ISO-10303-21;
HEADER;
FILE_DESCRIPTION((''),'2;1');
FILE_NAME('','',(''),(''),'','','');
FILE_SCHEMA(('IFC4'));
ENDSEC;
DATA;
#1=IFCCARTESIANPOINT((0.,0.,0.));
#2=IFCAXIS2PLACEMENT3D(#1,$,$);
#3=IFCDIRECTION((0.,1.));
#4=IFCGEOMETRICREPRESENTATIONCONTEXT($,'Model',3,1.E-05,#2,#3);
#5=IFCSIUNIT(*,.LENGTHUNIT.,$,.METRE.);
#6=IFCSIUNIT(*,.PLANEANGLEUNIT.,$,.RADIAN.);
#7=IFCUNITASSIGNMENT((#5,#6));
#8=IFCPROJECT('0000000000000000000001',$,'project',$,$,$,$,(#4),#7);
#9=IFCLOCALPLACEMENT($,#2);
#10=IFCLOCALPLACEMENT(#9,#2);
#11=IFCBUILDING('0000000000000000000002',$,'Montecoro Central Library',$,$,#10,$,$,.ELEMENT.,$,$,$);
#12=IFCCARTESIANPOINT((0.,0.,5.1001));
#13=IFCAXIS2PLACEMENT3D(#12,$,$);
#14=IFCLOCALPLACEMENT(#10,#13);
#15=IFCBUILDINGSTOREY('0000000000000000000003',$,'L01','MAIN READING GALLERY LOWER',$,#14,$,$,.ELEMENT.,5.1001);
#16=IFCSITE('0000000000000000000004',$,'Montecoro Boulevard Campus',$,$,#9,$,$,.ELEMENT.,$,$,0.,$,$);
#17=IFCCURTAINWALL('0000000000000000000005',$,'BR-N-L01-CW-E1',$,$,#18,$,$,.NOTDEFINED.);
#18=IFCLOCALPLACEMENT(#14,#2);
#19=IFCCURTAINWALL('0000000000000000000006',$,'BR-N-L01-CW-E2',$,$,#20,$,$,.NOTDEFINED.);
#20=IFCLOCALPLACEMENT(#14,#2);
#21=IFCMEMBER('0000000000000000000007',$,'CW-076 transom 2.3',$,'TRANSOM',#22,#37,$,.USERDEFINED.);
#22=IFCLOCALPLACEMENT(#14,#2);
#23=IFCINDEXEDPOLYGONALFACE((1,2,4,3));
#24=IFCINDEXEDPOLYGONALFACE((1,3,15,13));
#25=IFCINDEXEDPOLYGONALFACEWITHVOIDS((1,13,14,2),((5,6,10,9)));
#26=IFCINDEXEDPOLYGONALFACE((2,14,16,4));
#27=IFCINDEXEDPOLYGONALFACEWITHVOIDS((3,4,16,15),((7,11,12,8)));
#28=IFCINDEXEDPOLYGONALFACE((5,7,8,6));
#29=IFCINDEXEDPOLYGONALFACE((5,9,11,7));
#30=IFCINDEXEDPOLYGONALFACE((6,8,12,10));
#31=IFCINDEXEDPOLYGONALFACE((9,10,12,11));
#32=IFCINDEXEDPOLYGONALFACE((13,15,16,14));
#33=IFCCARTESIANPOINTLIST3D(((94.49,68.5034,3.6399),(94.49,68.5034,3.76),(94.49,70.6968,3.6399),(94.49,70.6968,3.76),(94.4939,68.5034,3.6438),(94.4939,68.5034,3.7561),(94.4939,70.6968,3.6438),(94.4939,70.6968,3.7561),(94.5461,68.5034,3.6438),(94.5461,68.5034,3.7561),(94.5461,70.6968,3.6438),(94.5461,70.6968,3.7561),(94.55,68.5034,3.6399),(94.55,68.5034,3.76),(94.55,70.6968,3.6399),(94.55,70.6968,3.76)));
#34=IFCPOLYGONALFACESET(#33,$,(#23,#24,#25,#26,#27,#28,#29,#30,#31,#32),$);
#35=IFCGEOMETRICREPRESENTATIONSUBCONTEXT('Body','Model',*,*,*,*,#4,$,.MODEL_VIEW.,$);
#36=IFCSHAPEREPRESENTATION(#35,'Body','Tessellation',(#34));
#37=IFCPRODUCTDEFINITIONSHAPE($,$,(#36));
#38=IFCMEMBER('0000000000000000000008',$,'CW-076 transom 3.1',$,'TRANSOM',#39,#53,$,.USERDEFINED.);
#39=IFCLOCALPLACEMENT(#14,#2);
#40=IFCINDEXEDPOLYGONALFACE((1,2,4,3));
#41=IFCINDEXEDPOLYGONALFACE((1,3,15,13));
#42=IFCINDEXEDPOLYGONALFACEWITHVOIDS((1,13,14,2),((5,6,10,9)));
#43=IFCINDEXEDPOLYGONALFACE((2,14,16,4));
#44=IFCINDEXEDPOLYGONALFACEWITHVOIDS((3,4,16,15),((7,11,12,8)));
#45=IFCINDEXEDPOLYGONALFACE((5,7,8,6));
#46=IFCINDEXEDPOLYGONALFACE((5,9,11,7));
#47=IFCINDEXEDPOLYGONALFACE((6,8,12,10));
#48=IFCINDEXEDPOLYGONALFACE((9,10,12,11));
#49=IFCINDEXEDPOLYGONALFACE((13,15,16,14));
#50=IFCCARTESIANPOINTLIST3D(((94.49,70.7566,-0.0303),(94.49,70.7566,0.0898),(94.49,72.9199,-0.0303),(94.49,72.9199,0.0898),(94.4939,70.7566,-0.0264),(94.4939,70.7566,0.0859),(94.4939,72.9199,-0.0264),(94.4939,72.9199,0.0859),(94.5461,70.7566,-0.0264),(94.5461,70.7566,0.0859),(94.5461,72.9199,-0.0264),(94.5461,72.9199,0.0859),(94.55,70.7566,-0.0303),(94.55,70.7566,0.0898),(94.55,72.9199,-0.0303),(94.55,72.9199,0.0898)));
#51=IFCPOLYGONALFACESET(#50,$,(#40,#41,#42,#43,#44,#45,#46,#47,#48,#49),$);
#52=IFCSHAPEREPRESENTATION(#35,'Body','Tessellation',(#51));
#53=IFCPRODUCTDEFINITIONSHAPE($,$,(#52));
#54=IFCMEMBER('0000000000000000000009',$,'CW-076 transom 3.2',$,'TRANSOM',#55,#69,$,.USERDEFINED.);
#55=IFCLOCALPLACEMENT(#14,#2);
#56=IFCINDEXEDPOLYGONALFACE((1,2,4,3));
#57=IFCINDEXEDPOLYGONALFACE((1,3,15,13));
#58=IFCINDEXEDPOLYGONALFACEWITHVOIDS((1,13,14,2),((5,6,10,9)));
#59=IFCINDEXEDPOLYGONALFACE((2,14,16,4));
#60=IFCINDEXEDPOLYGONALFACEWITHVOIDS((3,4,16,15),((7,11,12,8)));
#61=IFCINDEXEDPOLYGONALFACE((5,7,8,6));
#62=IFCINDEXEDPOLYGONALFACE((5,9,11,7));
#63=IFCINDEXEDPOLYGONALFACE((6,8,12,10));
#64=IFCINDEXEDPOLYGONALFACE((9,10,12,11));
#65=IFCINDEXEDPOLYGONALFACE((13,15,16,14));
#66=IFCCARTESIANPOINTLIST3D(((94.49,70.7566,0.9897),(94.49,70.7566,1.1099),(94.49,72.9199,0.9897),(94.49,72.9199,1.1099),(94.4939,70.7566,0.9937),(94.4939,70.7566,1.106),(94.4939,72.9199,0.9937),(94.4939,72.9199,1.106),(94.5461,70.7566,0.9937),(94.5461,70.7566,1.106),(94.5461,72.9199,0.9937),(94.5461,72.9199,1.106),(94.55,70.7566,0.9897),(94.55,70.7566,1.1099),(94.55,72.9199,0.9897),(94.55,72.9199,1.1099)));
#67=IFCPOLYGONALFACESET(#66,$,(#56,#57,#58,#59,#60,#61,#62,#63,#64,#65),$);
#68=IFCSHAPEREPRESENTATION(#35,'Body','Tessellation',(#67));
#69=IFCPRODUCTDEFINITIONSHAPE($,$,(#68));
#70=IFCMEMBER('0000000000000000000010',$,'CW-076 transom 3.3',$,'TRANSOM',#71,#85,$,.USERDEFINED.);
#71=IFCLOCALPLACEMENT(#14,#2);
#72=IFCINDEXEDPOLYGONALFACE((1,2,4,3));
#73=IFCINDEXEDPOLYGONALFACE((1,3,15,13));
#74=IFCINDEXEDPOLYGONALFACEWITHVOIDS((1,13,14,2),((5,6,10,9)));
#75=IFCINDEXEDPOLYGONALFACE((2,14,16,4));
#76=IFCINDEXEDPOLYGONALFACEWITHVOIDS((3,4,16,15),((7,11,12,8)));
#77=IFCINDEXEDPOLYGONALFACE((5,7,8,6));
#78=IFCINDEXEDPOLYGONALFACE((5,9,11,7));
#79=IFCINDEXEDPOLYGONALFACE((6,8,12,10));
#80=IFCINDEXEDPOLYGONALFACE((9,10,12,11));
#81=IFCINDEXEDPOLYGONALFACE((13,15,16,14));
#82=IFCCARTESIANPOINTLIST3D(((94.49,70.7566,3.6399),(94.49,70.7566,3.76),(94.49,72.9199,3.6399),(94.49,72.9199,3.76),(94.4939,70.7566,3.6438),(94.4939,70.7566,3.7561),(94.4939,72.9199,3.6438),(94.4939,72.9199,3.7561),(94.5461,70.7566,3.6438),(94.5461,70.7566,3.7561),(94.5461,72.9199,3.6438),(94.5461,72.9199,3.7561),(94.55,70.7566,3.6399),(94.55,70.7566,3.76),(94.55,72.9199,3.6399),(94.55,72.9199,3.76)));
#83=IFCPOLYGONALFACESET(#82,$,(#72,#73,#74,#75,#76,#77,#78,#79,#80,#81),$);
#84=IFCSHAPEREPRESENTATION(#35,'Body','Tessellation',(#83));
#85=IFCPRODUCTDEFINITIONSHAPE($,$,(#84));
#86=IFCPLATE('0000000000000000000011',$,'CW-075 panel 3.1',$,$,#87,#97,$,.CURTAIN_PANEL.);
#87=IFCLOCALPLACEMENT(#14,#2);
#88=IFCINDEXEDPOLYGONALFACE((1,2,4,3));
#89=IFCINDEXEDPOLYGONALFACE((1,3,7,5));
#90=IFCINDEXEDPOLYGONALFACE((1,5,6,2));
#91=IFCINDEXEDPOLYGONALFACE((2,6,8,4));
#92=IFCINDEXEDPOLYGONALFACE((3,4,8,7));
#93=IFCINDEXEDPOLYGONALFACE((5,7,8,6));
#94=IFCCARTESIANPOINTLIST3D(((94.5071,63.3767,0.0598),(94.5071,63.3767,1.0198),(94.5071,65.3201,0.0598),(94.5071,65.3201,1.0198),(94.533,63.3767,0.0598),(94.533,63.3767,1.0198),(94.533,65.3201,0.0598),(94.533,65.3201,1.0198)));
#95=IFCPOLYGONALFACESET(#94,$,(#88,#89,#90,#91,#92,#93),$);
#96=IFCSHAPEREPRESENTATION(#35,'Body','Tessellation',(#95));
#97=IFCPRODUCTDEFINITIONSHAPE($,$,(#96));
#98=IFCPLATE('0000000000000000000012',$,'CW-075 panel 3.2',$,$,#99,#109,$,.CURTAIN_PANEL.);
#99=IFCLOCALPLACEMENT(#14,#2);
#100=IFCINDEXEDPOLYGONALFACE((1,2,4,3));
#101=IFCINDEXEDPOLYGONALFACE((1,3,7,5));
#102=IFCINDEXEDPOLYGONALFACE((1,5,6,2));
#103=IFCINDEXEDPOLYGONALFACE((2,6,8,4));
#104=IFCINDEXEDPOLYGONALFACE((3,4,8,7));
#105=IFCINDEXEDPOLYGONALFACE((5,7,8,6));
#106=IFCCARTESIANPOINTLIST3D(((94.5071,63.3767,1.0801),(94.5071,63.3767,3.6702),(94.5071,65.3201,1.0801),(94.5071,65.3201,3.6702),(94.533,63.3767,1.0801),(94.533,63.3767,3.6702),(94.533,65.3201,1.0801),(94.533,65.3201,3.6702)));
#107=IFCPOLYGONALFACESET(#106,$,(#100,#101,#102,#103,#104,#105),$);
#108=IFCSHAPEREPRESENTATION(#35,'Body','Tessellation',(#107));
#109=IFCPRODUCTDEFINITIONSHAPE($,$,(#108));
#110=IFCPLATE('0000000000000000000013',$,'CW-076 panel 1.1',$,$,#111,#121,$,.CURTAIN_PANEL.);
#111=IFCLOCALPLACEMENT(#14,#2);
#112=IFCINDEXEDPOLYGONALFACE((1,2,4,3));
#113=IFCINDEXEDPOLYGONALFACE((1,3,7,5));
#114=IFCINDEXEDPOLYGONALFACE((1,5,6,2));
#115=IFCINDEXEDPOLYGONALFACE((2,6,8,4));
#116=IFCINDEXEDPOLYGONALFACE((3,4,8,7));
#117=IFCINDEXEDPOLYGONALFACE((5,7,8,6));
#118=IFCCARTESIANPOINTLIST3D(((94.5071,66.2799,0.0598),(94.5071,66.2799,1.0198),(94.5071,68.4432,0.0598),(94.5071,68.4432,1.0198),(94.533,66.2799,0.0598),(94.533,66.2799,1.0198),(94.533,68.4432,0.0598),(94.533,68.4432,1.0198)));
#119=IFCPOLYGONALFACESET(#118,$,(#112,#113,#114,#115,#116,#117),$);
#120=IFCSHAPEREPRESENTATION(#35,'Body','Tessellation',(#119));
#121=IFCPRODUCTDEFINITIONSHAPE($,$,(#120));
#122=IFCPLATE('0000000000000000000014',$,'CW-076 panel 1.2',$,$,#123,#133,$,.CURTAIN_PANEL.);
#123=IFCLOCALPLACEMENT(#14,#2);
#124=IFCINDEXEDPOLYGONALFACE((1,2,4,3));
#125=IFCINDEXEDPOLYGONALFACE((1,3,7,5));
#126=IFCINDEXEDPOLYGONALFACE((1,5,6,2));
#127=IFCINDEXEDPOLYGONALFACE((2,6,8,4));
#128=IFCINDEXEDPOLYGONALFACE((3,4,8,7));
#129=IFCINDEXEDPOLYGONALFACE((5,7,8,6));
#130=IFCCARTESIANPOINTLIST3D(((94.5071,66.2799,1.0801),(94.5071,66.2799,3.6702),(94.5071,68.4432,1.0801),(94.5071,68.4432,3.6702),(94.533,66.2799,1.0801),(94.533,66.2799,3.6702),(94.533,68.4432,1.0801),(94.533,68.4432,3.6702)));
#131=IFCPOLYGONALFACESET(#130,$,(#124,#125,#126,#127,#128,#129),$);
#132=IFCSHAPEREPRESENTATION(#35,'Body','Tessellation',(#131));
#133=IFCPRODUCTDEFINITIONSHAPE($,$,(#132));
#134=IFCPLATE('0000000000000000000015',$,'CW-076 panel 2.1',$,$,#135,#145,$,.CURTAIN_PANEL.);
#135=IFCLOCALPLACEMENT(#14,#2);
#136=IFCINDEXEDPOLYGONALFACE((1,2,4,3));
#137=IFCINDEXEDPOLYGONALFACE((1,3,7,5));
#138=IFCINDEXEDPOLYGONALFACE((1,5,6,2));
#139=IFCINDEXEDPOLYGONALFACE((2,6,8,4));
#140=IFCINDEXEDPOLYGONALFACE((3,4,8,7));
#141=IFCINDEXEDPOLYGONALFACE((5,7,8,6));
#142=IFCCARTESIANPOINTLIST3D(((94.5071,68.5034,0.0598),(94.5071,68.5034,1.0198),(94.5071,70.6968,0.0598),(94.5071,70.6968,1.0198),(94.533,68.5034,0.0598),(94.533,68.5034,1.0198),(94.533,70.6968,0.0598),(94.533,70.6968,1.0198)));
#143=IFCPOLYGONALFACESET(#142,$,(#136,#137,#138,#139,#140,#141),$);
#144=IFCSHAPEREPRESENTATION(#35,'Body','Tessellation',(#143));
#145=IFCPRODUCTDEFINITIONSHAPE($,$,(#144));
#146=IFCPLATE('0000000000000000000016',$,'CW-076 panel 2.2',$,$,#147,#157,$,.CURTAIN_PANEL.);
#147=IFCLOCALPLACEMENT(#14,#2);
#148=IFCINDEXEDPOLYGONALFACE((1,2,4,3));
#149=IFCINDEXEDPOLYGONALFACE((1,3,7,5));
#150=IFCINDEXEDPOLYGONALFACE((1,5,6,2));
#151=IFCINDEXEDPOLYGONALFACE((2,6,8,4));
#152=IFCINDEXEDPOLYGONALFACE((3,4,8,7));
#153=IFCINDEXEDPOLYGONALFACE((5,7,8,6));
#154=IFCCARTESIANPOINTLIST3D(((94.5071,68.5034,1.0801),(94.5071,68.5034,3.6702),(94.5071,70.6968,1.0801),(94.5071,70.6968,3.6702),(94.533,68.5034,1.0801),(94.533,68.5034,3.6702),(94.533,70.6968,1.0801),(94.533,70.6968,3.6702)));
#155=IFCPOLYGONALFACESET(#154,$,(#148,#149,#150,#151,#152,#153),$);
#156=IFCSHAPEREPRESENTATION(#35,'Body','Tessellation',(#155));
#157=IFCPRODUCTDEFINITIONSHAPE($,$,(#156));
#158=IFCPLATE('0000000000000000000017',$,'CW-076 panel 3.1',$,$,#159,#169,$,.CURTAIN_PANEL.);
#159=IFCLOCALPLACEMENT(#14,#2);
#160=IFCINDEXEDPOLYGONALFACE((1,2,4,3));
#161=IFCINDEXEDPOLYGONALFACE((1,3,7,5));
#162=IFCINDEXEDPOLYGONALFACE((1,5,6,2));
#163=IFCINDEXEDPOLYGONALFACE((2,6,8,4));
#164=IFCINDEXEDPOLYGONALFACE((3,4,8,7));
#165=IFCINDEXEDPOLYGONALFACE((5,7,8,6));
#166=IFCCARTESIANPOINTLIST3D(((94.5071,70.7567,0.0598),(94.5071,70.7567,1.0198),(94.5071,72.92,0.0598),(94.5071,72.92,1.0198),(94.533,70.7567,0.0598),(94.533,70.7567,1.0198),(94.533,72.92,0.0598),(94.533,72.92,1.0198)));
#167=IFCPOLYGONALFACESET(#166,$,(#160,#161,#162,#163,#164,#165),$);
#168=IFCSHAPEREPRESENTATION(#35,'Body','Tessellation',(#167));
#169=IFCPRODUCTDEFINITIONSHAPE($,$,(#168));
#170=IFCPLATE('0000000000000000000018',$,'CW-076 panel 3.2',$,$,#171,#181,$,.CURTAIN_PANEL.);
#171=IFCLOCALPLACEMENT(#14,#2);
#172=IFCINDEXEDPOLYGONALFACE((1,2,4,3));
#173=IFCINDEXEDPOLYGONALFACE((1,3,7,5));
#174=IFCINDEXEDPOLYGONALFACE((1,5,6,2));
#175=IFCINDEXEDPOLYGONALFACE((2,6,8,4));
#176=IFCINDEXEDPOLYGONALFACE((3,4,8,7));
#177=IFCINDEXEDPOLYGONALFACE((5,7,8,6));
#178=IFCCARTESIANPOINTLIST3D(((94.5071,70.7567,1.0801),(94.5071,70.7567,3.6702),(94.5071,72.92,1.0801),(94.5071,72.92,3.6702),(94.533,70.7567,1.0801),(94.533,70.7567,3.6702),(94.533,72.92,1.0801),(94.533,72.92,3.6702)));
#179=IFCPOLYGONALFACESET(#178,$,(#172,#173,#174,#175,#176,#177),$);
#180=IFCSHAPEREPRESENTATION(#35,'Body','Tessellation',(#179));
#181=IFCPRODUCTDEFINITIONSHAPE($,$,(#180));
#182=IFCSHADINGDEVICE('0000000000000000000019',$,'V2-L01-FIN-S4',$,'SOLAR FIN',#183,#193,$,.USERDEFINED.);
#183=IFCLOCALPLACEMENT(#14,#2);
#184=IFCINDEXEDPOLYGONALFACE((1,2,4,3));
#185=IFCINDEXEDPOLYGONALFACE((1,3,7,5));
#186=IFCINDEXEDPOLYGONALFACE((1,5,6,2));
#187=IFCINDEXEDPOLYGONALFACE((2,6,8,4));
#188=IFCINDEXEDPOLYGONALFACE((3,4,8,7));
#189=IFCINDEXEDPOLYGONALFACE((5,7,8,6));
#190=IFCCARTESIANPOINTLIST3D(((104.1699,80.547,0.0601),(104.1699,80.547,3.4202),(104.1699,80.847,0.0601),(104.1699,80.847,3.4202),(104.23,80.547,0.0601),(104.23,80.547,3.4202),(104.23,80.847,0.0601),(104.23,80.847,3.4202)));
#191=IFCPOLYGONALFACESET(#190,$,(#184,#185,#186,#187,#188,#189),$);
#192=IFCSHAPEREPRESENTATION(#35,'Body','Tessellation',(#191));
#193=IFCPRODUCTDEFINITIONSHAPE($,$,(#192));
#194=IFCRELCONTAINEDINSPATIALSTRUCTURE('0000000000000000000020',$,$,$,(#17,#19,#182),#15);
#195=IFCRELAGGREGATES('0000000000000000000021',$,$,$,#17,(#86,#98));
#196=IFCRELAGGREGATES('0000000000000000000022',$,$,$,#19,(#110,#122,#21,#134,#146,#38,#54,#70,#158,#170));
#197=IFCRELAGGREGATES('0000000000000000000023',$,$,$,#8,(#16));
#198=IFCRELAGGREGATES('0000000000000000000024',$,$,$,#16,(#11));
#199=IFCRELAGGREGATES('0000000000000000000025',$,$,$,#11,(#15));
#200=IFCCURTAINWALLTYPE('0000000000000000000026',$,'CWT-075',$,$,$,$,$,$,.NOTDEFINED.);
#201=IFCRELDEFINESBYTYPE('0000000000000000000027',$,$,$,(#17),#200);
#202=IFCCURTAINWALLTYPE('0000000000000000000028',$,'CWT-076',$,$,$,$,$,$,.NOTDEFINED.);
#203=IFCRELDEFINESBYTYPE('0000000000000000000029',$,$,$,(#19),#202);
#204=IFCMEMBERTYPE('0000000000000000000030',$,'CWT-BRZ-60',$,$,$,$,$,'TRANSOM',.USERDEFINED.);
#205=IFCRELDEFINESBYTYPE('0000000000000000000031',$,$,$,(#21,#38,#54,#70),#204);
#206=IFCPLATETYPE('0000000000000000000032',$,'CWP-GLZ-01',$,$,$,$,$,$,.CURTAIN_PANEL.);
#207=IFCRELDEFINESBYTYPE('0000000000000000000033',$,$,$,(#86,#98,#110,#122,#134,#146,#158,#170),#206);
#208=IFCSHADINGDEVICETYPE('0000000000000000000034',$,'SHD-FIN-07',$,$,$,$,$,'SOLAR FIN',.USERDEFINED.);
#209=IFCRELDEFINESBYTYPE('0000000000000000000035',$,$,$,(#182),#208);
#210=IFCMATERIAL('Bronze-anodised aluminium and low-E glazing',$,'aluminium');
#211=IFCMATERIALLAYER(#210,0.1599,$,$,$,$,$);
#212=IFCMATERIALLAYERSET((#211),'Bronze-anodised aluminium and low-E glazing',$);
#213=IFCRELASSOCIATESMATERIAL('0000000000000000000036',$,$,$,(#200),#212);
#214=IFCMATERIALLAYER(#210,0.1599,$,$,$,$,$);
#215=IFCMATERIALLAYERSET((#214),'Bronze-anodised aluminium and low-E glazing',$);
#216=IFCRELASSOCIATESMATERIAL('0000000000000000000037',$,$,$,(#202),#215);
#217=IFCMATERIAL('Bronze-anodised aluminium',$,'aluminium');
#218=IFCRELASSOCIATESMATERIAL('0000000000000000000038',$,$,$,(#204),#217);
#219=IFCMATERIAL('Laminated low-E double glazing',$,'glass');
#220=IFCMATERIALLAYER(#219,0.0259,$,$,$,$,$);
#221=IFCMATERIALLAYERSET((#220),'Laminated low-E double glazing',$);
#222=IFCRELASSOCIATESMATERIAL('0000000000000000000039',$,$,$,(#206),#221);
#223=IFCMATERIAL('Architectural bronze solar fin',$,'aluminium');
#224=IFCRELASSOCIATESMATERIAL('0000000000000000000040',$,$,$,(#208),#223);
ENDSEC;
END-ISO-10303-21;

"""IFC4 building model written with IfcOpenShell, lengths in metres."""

from ifc_helpers import new_model, si_unit, direction, frame, origin, origin_2d, place, context, subcontext, project, spatial, rectangle, hollow_rectangle, extrude, material, layer, layer_set, material_profile, profile_set, type_object, element, aggregate, save


model = new_model("IFC4")

# Units and contexts
model_context = context("Model", 3, precision=1e-05, world=origin(), true_north=direction((0.0, 1.0)))
body_context = subcontext(model_context, "Body", "Model", "MODEL_VIEW")
ifc_project = project(units=[si_unit("LENGTHUNIT", "METRE"), si_unit("PLANEANGLEUNIT", "RADIAN")], contexts=[model_context])

# Site, building, storey
site_placement = place(None, origin())
site = spatial("IfcSite", under=ifc_project, at=site_placement, Name="Montecoro Boulevard Campus", CompositionType="ELEMENT", RefElevation=0.0)
building_placement = place(site_placement, origin())
building = spatial("IfcBuilding", under=site, at=building_placement, Name="Montecoro Central Library", CompositionType="ELEMENT")
storey_placement = place(building_placement, frame((0.0, 0.0, 5.1001)))
storey = spatial("IfcBuildingStorey", under=building, at=storey_placement, Name="L01", Description="MAIN READING GALLERY LOWER", CompositionType="ELEMENT", Elevation=5.1001)

# Curtain wall
ifc_material_1 = material(Name="Bronze-anodised aluminium and low-E glazing", Category="aluminium")
ifc_layer_1 = layer(ifc_material_1, 0.1599)
ifc_layer_set_1 = layer_set([ifc_layer_1], Name="Bronze-anodised aluminium and low-E glazing")
curtain_wall_type_1 = type_object("IfcCurtainWallType", Name="CWT-075", PredefinedType="NOTDEFINED", material=ifc_layer_set_1)
curtain_wall_1_placement = place(storey_placement, origin())
curtain_wall_1 = element("IfcCurtainWall", 1, at=curtain_wall_1_placement, inside=storey, type_object=curtain_wall_type_1, Name="BR-N-L01-CW-E1", PredefinedType="NOTDEFINED")
ifc_material_2 = material(Name="Bronze-anodised aluminium", Category="aluminium")

# Curtain wall
ifc_layer_2 = layer(ifc_material_1, 0.1599)
ifc_layer_set_2 = layer_set([ifc_layer_2], Name="Bronze-anodised aluminium and low-E glazing")
curtain_wall_type_2 = type_object("IfcCurtainWallType", Name="CWT-076", PredefinedType="NOTDEFINED", material=ifc_layer_set_2)
curtain_wall_2_placement = place(storey_placement, origin())
curtain_wall_2 = element("IfcCurtainWall", 2, at=curtain_wall_2_placement, inside=storey, type_object=curtain_wall_type_2, Name="BR-N-L01-CW-E2", PredefinedType="NOTDEFINED")

# Members
ifc_material_profile_1 = material_profile(ifc_material_2, hollow_rectangle(XDim=0.0601, YDim=0.1201, WallThickness=0.0039, at=origin_2d()), Name="CWT 120x60x4.0")
ifc_profile_set_1 = profile_set([ifc_material_profile_1], Name="Bronze-anodised aluminium")
member_type_1 = type_object("IfcMemberType", Name="CWT-BRZ-60", ElementType="TRANSOM", PredefinedType="USERDEFINED", material=ifc_profile_set_1)
member_1_placement = place(storey_placement, frame((94.52, 68.5034, 3.7), z_axis=(0.0, 1.0, 0.0), x_axis=(-1.0, 0.0, 0.0)))
member_1 = element("IfcMember", 3, at=member_1_placement, type_object=member_type_1, Name="CW-076 transom 2.3", ObjectType="TRANSOM", PredefinedType="USERDEFINED", context=body_context, shape_type="SweptSolid", body=[
    extrude(hollow_rectangle(XDim=0.0601, YDim=0.1201, WallThickness=0.0039, at=origin_2d()), origin(), (0.0, 0.0, 1.0), 2.1934),
])
member_2_placement = place(storey_placement, frame((94.52, 70.7566, 0.0298), z_axis=(0.0, 1.0, 0.0), x_axis=(-1.0, 0.0, 0.0)))
member_2 = element("IfcMember", 4, at=member_2_placement, type_object=member_type_1, Name="CW-076 transom 3.1", ObjectType="TRANSOM", PredefinedType="USERDEFINED", context=body_context, shape_type="SweptSolid", body=[
    extrude(hollow_rectangle(XDim=0.0601, YDim=0.1201, WallThickness=0.0039, at=origin_2d()), origin(), (0.0, 0.0, 1.0), 2.1633),
])
member_3_placement = place(storey_placement, frame((94.52, 70.7566, 1.0498), z_axis=(0.0, 1.0, 0.0), x_axis=(-1.0, 0.0, 0.0)))
member_3 = element("IfcMember", 5, at=member_3_placement, type_object=member_type_1, Name="CW-076 transom 3.2", ObjectType="TRANSOM", PredefinedType="USERDEFINED", context=body_context, shape_type="SweptSolid", body=[
    extrude(hollow_rectangle(XDim=0.0601, YDim=0.1201, WallThickness=0.0039, at=origin_2d()), origin(), (0.0, 0.0, 1.0), 2.1633),
])
member_4_placement = place(storey_placement, frame((94.52, 70.7566, 3.7), z_axis=(0.0, 1.0, 0.0), x_axis=(-1.0, 0.0, 0.0)))
member_4 = element("IfcMember", 6, at=member_4_placement, type_object=member_type_1, Name="CW-076 transom 3.3", ObjectType="TRANSOM", PredefinedType="USERDEFINED", context=body_context, shape_type="SweptSolid", body=[
    extrude(hollow_rectangle(XDim=0.0601, YDim=0.1201, WallThickness=0.0039, at=origin_2d()), origin(), (0.0, 0.0, 1.0), 2.1633),
])

# Plates
ifc_material_3 = material(Name="Laminated low-E double glazing", Category="glass")
ifc_layer_3 = layer(ifc_material_3, 0.0259)
ifc_layer_set_3 = layer_set([ifc_layer_3], Name="Laminated low-E double glazing")
plate_type = type_object("IfcPlateType", Name="CWP-GLZ-01", PredefinedType="CURTAIN_PANEL", material=ifc_layer_set_3)
plate_1_placement = place(storey_placement, frame((94.52, 64.3484, 0.0598), z_axis=(0.0, 0.0, 1.0), x_axis=(0.0, 1.0, 0.0)))
plate_1 = element("IfcPlate", 7, at=plate_1_placement, type_object=plate_type, Name="CW-075 panel 3.1", PredefinedType="CURTAIN_PANEL", context=body_context, shape_type="SweptSolid", body=[
    extrude(rectangle(XDim=1.9434, YDim=0.0259, at=origin_2d()), origin(), (0.0, 0.0, 1.0), 0.96),
])
plate_2_placement = place(storey_placement, frame((94.52, 64.3484, 1.0801), z_axis=(0.0, 0.0, 1.0), x_axis=(0.0, 1.0, 0.0)))
plate_2 = element("IfcPlate", 8, at=plate_2_placement, type_object=plate_type, Name="CW-075 panel 3.2", PredefinedType="CURTAIN_PANEL", context=body_context, shape_type="SweptSolid", body=[
    extrude(rectangle(XDim=1.9434, YDim=0.0259, at=origin_2d()), origin(), (0.0, 0.0, 1.0), 2.5901),
])
aggregate(curtain_wall_1, [plate_1, plate_2])
plate_3_placement = place(storey_placement, frame((94.52, 67.3616, 0.0598), z_axis=(0.0, 0.0, 1.0), x_axis=(0.0, 1.0, 0.0)))
plate_3 = element("IfcPlate", 9, at=plate_3_placement, type_object=plate_type, Name="CW-076 panel 1.1", PredefinedType="CURTAIN_PANEL", context=body_context, shape_type="SweptSolid", body=[
    extrude(rectangle(XDim=2.1633, YDim=0.0259, at=origin_2d()), origin(), (0.0, 0.0, 1.0), 0.96),
])
plate_4_placement = place(storey_placement, frame((94.52, 67.3616, 1.0801), z_axis=(0.0, 0.0, 1.0), x_axis=(0.0, 1.0, 0.0)))
plate_4 = element("IfcPlate", 10, at=plate_4_placement, type_object=plate_type, Name="CW-076 panel 1.2", PredefinedType="CURTAIN_PANEL", context=body_context, shape_type="SweptSolid", body=[
    extrude(rectangle(XDim=2.1633, YDim=0.0259, at=origin_2d()), origin(), (0.0, 0.0, 1.0), 2.5901),
])
plate_5_placement = place(storey_placement, frame((94.52, 69.6001, 0.0598), z_axis=(0.0, 0.0, 1.0), x_axis=(0.0, 1.0, 0.0)))
plate_5 = element("IfcPlate", 11, at=plate_5_placement, type_object=plate_type, Name="CW-076 panel 2.1", PredefinedType="CURTAIN_PANEL", context=body_context, shape_type="SweptSolid", body=[
    extrude(rectangle(XDim=2.1934, YDim=0.0259, at=origin_2d()), origin(), (0.0, 0.0, 1.0), 0.96),
])
plate_6_placement = place(storey_placement, frame((94.52, 69.6001, 1.0801), z_axis=(0.0, 0.0, 1.0), x_axis=(0.0, 1.0, 0.0)))
plate_6 = element("IfcPlate", 12, at=plate_6_placement, type_object=plate_type, Name="CW-076 panel 2.2", PredefinedType="CURTAIN_PANEL", context=body_context, shape_type="SweptSolid", body=[
    extrude(rectangle(XDim=2.1934, YDim=0.0259, at=origin_2d()), origin(), (0.0, 0.0, 1.0), 2.5901),
])
plate_7_placement = place(storey_placement, frame((94.52, 71.8384, 0.0598), z_axis=(0.0, 0.0, 1.0), x_axis=(0.0, 1.0, 0.0)))
plate_7 = element("IfcPlate", 13, at=plate_7_placement, type_object=plate_type, Name="CW-076 panel 3.1", PredefinedType="CURTAIN_PANEL", context=body_context, shape_type="SweptSolid", body=[
    extrude(rectangle(XDim=2.1633, YDim=0.0259, at=origin_2d()), origin(), (0.0, 0.0, 1.0), 0.96),
])
plate_8_placement = place(storey_placement, frame((94.52, 71.8384, 1.0801), z_axis=(0.0, 0.0, 1.0), x_axis=(0.0, 1.0, 0.0)))
plate_8 = element("IfcPlate", 14, at=plate_8_placement, type_object=plate_type, Name="CW-076 panel 3.2", PredefinedType="CURTAIN_PANEL", context=body_context, shape_type="SweptSolid", body=[
    extrude(rectangle(XDim=2.1633, YDim=0.0259, at=origin_2d()), origin(), (0.0, 0.0, 1.0), 2.5901),
])
aggregate(curtain_wall_2, [plate_3, plate_4, member_1, plate_5, plate_6, member_2, member_3, member_4, plate_7, plate_8])

# Shading device
ifc_material_4 = material(Name="Architectural bronze solar fin", Category="aluminium")
shading_device_type = type_object("IfcShadingDeviceType", Name="SHD-FIN-07", ElementType="SOLAR FIN", PredefinedType="USERDEFINED", material=ifc_material_4)
shading_device_placement = place(storey_placement, frame((104.2, 80.697, 0.0601), z_axis=(0.0, 0.0, 1.0), x_axis=(1.0, 0.0, 0.0)))
element("IfcShadingDevice", 15, at=shading_device_placement, inside=storey, type_object=shading_device_type, Name="V2-L01-FIN-S4", ObjectType="SOLAR FIN", PredefinedType="USERDEFINED", context=body_context, shape_type="SweptSolid", body=[
    extrude(rectangle(XDim=0.0601, YDim=0.3, at=origin_2d()), origin(), (0.0, 0.0, 1.0), 3.3601),
])

save(model, "model.ifc")
